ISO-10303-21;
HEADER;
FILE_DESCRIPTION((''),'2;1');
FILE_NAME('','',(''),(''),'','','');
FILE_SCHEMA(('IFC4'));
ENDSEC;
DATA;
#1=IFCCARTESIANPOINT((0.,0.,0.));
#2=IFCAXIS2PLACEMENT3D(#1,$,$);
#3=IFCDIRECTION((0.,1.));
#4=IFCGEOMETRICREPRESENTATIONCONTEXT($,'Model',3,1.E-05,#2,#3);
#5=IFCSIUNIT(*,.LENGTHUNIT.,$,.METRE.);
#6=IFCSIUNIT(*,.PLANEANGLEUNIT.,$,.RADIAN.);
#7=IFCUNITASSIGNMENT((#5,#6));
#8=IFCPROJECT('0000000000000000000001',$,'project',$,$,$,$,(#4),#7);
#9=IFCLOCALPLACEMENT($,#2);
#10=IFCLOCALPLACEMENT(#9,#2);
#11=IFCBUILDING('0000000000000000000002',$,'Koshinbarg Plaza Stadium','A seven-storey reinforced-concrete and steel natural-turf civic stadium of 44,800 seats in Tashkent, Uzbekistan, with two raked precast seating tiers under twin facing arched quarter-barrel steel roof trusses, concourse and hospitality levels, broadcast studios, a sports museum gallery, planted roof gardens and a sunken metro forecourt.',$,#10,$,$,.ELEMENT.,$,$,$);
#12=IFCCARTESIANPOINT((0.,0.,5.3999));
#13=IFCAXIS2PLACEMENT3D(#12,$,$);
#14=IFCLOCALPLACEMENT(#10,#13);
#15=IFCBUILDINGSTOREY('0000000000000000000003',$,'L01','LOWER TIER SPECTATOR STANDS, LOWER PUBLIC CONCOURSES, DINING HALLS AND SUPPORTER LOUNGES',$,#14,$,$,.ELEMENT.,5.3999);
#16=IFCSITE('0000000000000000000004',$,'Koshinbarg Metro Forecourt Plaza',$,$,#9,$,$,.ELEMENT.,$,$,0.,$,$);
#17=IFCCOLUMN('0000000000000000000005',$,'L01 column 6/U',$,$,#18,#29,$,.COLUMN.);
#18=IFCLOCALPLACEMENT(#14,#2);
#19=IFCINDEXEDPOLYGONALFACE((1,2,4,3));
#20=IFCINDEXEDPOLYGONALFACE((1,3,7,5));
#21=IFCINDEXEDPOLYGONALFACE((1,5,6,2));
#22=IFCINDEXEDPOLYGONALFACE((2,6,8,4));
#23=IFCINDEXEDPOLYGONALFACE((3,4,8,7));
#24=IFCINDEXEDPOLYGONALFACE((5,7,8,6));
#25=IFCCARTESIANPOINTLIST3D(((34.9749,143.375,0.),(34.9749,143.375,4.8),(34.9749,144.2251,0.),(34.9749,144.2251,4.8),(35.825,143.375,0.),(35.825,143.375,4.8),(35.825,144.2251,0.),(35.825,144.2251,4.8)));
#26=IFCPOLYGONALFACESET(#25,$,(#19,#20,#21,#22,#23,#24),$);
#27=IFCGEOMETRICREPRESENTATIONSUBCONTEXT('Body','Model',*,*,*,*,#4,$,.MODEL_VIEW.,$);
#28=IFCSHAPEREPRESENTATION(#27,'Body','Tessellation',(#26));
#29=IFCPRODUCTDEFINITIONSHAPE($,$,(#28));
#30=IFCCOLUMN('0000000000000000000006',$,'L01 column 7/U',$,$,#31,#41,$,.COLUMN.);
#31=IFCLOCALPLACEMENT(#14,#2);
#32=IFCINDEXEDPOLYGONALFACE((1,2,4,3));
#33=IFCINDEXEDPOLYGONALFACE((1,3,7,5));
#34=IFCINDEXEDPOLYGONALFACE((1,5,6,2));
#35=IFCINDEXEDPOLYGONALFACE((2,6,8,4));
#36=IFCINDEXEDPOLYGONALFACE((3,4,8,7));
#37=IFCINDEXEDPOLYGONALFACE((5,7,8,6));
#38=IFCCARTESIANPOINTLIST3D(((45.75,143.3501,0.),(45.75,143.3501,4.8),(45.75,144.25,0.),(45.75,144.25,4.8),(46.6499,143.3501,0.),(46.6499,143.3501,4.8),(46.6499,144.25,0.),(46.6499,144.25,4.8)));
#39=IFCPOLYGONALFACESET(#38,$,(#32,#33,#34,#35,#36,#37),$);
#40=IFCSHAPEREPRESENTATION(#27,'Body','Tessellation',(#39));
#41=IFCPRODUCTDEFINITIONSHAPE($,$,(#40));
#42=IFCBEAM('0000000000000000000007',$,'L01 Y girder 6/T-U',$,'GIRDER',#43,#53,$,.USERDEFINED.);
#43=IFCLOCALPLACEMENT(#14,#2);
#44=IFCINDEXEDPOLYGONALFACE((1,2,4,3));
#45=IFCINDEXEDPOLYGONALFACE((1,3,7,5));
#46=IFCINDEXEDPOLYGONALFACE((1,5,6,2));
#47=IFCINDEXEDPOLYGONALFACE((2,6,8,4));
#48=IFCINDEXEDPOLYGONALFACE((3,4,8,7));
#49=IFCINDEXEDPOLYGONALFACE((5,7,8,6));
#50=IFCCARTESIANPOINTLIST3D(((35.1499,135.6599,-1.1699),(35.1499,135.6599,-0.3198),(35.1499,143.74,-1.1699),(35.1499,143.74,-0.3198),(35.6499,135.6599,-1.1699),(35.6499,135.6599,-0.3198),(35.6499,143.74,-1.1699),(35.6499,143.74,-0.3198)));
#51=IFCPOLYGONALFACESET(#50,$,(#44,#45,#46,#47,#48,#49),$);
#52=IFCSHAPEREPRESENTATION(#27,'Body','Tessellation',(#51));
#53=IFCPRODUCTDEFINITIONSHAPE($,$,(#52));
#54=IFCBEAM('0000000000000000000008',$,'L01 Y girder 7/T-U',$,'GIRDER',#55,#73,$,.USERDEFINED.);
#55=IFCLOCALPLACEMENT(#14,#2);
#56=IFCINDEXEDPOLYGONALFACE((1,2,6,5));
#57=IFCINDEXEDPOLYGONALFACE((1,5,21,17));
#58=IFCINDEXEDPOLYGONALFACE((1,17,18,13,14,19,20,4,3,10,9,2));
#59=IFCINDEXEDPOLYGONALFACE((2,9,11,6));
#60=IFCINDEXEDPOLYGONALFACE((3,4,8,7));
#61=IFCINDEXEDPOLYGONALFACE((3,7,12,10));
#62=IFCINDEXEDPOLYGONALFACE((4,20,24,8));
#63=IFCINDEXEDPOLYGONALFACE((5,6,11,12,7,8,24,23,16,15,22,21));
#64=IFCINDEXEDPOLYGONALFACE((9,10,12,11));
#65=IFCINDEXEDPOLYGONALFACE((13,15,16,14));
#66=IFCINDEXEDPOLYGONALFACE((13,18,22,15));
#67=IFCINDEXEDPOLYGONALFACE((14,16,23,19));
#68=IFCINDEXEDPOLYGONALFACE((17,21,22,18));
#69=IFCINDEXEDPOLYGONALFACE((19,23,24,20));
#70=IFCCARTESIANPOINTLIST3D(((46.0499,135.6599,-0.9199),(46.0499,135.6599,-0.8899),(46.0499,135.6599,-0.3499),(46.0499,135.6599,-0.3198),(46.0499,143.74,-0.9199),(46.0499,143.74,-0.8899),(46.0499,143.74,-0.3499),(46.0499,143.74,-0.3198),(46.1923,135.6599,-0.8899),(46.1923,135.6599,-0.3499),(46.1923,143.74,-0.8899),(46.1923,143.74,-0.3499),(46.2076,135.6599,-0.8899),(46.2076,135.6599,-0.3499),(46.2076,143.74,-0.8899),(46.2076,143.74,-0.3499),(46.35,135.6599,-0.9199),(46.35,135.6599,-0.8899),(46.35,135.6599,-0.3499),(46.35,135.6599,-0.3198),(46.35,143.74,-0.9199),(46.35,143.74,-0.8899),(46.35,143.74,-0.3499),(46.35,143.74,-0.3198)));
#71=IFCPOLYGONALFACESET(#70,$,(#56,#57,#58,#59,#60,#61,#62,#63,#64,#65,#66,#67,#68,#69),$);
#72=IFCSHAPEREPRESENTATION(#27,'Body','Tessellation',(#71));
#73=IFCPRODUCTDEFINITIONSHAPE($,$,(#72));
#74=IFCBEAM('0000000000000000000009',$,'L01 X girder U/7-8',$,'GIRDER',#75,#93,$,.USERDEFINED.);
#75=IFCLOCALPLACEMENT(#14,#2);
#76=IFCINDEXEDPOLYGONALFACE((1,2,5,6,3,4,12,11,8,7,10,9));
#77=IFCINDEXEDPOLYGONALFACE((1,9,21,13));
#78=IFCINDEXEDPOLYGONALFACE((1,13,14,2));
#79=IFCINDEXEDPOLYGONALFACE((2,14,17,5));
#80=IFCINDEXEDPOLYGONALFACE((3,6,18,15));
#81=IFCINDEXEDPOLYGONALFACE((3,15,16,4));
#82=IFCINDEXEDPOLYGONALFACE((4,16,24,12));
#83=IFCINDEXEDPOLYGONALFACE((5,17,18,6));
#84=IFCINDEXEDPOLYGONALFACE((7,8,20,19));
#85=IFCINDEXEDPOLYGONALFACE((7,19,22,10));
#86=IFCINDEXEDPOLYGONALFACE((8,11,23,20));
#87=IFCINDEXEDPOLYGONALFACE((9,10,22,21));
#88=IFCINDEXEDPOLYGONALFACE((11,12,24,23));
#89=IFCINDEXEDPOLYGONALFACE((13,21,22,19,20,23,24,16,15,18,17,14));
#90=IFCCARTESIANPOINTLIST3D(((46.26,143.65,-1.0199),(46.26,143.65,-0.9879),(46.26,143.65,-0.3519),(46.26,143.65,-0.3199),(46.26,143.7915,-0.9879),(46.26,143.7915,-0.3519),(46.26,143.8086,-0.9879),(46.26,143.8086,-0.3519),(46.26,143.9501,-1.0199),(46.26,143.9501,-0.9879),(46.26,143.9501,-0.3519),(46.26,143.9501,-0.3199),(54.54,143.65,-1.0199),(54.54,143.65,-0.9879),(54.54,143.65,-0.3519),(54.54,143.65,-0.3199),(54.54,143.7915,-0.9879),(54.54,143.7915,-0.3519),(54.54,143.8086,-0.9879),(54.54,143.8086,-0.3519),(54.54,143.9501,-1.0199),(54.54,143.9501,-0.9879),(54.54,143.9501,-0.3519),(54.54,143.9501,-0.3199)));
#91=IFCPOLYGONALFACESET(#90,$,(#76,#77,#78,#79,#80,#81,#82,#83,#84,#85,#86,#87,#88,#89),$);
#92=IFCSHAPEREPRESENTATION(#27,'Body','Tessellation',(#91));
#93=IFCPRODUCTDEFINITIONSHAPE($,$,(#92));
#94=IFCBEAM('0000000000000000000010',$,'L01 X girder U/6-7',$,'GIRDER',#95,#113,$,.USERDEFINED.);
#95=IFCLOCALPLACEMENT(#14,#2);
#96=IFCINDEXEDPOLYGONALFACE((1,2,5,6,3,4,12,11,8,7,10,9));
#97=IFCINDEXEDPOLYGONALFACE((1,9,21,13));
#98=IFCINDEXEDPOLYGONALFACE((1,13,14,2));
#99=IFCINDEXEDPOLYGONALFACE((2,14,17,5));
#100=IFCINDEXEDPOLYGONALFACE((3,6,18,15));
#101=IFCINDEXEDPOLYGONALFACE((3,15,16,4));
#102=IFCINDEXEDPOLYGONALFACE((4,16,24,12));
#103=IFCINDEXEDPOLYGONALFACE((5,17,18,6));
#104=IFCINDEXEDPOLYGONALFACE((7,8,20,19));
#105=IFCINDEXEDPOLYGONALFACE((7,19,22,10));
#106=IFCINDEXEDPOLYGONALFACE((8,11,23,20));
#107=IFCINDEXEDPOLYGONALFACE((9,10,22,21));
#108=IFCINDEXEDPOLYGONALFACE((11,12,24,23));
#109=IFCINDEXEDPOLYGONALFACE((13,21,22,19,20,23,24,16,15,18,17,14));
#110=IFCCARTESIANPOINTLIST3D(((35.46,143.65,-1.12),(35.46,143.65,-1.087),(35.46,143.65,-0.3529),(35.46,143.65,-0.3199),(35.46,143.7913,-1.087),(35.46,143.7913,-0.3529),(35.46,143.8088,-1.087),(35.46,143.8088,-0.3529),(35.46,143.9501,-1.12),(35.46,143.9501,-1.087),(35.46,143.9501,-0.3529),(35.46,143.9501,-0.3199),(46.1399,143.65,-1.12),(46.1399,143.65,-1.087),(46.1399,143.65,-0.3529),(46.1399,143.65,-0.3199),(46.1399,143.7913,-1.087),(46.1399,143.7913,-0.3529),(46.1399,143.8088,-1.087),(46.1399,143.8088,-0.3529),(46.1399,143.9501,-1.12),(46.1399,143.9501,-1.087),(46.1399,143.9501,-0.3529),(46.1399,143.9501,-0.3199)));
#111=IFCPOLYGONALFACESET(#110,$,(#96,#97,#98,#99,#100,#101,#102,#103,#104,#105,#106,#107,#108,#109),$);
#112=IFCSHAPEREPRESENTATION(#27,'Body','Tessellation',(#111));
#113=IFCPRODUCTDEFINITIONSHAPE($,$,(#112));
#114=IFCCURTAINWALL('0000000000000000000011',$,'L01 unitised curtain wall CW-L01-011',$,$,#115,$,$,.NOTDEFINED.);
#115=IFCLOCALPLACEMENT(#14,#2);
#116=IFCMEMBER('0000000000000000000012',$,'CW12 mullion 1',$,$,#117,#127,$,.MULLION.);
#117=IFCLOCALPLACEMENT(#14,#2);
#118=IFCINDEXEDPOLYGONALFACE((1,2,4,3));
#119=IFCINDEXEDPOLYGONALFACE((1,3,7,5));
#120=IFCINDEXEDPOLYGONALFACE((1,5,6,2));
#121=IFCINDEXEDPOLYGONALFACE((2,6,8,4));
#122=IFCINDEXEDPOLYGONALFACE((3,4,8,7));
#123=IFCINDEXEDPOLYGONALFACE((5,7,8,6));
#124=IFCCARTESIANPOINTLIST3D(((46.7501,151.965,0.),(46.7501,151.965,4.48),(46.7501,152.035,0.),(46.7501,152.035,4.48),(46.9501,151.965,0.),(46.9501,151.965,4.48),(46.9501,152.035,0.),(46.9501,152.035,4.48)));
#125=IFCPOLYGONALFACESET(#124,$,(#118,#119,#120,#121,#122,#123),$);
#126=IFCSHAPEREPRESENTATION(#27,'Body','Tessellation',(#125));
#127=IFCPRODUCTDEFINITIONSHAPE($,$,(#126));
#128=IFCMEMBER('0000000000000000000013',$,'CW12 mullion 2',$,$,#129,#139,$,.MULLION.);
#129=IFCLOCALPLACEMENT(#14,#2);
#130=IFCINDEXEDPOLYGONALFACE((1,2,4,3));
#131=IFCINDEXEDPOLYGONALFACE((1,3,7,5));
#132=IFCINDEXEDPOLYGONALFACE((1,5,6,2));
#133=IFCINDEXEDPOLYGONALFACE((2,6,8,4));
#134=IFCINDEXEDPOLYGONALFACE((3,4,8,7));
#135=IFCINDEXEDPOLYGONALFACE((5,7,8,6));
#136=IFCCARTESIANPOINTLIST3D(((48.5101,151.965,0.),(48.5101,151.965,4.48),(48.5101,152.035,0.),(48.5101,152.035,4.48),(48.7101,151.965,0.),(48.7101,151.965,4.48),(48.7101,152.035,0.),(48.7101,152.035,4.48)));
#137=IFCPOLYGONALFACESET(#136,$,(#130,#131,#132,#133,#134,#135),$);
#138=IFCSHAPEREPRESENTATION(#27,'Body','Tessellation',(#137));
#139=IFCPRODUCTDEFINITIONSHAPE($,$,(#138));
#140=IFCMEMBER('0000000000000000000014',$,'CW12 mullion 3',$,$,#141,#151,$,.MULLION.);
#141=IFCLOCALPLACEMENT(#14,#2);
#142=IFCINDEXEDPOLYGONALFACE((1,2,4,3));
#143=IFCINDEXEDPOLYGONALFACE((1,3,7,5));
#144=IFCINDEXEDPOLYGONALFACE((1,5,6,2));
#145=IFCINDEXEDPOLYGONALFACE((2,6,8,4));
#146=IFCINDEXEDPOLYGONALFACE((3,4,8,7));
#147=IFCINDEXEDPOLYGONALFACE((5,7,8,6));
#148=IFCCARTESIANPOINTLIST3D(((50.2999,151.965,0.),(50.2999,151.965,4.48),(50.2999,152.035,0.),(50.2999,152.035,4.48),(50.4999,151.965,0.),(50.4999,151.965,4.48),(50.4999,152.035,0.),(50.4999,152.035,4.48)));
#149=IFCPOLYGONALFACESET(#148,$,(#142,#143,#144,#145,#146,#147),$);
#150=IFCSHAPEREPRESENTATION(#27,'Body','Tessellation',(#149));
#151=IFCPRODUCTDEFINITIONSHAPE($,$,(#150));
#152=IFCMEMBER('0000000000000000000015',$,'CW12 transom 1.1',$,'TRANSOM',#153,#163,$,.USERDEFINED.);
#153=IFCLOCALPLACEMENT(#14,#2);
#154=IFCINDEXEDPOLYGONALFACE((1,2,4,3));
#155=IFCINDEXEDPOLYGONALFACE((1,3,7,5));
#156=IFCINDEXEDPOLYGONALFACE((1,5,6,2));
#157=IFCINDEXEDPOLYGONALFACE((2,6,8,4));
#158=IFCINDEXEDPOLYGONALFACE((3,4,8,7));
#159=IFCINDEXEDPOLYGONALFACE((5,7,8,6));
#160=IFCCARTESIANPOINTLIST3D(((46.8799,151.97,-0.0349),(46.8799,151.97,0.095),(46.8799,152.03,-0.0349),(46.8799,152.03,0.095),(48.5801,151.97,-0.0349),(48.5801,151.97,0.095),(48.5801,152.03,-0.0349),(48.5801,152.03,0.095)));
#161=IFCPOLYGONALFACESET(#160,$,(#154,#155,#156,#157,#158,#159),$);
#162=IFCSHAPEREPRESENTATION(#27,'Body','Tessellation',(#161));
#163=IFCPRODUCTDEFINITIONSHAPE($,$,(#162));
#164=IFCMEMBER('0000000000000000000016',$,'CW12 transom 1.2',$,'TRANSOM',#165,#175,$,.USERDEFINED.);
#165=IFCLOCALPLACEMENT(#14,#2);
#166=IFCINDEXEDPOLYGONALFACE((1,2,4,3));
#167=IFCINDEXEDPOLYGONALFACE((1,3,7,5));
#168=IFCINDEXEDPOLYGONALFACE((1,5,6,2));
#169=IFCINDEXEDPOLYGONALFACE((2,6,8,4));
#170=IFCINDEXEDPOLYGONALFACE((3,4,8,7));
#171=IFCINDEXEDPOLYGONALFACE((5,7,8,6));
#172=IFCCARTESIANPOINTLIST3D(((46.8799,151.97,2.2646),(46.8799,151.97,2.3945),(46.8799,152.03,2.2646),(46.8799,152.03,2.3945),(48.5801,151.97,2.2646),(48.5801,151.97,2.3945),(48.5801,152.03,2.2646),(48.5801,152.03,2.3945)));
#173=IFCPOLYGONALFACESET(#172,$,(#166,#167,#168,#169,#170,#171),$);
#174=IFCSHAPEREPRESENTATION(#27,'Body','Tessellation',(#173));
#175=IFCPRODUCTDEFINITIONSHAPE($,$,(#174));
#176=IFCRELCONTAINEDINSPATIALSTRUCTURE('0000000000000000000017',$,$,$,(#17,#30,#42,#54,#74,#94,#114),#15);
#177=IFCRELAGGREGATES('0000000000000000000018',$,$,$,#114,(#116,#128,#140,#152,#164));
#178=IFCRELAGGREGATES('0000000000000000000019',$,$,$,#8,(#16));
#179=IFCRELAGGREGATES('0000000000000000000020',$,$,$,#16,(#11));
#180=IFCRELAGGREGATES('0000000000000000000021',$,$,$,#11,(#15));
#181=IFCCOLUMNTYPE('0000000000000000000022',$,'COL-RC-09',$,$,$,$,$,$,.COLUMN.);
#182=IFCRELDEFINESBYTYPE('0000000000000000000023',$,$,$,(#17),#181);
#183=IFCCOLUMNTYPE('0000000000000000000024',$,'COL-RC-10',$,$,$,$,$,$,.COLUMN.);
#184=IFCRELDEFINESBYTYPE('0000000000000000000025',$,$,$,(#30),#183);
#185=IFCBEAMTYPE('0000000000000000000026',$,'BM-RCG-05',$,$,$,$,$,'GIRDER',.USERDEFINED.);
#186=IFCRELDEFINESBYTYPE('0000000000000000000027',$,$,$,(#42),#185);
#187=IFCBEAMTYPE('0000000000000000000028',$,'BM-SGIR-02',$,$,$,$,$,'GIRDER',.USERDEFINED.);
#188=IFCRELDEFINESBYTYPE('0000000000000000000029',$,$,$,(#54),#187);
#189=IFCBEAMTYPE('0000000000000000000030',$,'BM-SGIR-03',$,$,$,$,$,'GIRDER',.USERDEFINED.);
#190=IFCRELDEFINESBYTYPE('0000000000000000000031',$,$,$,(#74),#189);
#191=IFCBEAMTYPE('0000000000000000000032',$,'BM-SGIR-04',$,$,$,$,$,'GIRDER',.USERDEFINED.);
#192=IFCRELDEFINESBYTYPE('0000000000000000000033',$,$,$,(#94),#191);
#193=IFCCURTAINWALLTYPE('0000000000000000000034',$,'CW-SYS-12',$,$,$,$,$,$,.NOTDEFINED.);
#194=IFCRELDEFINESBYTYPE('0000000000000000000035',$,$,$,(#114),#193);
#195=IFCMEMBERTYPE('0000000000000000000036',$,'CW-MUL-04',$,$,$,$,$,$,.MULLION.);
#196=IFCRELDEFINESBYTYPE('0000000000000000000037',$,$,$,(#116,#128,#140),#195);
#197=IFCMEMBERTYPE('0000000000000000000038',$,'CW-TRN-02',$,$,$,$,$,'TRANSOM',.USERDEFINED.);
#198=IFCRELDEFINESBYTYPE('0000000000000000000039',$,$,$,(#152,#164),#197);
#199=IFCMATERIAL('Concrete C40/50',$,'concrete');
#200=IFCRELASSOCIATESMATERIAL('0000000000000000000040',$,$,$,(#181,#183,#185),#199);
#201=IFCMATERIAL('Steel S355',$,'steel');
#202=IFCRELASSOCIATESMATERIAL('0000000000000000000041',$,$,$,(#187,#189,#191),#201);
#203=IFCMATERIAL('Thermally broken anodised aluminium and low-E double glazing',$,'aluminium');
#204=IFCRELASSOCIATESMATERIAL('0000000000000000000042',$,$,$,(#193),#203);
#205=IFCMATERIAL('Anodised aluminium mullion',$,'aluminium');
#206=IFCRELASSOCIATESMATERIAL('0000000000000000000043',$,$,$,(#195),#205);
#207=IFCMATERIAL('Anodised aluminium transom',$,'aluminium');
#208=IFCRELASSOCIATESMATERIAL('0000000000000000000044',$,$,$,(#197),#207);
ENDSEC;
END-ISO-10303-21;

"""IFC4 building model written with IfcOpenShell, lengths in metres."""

from ifc_helpers import new_model, si_unit, direction, frame, origin, origin_2d, place, context, subcontext, project, spatial, rectangle, i_section, extrude, material, material_profile, profile_set, type_object, element, aggregate, save


model = new_model("IFC4")

# Units and contexts
model_context = context("Model", 3, precision=1e-05, world=origin(), true_north=direction((0.0, 1.0)))
body_context = subcontext(model_context, "Body", "Model", "MODEL_VIEW")
ifc_project = project(units=[si_unit("LENGTHUNIT", "METRE"), si_unit("PLANEANGLEUNIT", "RADIAN")], contexts=[model_context])

# Site, building, storey
site_placement = place(None, origin())
site = spatial("IfcSite", under=ifc_project, at=site_placement, Name="Koshinbarg Metro Forecourt Plaza", CompositionType="ELEMENT", RefElevation=0.0)
building_placement = place(site_placement, origin())
building = spatial("IfcBuilding", under=site, at=building_placement, Name="Koshinbarg Plaza Stadium", Description="A seven-storey reinforced-concrete and steel natural-turf civic stadium of 44,800 seats in Tashkent, Uzbekistan, with two raked precast seating tiers under twin facing arched quarter-barrel steel roof trusses, concourse and hospitality levels, broadcast studios, a sports museum gallery, planted roof gardens and a sunken metro forecourt.", CompositionType="ELEMENT")
storey_placement = place(building_placement, frame((0.0, 0.0, 5.3999)))
storey = spatial("IfcBuildingStorey", under=building, at=storey_placement, Name="L01", Description="LOWER TIER SPECTATOR STANDS, LOWER PUBLIC CONCOURSES, DINING HALLS AND SUPPORTER LOUNGES", CompositionType="ELEMENT", Elevation=5.3999)

# Columns
ifc_material_1 = material(Name="Concrete C40/50", Category="concrete")
ifc_material_profile_1 = material_profile(ifc_material_1, rectangle(XDim=0.8501, YDim=0.8501, at=origin_2d()), Name="RC 850x850")
ifc_profile_set_1 = profile_set([ifc_material_profile_1], Name="Concrete C40/50")
column_type_1 = type_object("IfcColumnType", Name="COL-RC-09", PredefinedType="COLUMN", material=ifc_profile_set_1)
column_1_placement = place(storey_placement, frame((35.3999, 143.8, 0.0), z_axis=(0.0, 0.0, 1.0), x_axis=(1.0, 0.0, 0.0)))
element("IfcColumn", 1, at=column_1_placement, inside=storey, type_object=column_type_1, Name="L01 column 6/U", PredefinedType="COLUMN", context=body_context, shape_type="SweptSolid", body=[
    extrude(rectangle(XDim=0.8501, YDim=0.8501, at=origin_2d()), origin(), (0.0, 0.0, 1.0), 4.8),
])
ifc_material_profile_2 = material_profile(ifc_material_1, rectangle(XDim=0.8999, YDim=0.8999, at=origin_2d()), Name="RC 900x900")
ifc_profile_set_2 = profile_set([ifc_material_profile_2], Name="Concrete C40/50")
column_type_2 = type_object("IfcColumnType", Name="COL-RC-10", PredefinedType="COLUMN", material=ifc_profile_set_2)
column_2_placement = place(storey_placement, frame((46.2, 143.8, 0.0), z_axis=(0.0, 0.0, 1.0), x_axis=(1.0, 0.0, 0.0)))
element("IfcColumn", 2, at=column_2_placement, inside=storey, type_object=column_type_2, Name="L01 column 7/U", PredefinedType="COLUMN", context=body_context, shape_type="SweptSolid", body=[
    extrude(rectangle(XDim=0.8999, YDim=0.8999, at=origin_2d()), origin(), (0.0, 0.0, 1.0), 4.8),
])

# Beams
ifc_material_profile_3 = material_profile(ifc_material_1, rectangle(XDim=0.5, YDim=0.8501, at=origin_2d()), Name="RC 500x850")
ifc_profile_set_3 = profile_set([ifc_material_profile_3], Name="Concrete C40/50")
beam_type_1 = type_object("IfcBeamType", Name="BM-RCG-05", ElementType="GIRDER", PredefinedType="USERDEFINED", material=ifc_profile_set_3)
beam_1_placement = place(storey_placement, frame((35.3999, 135.6599, -0.7449), z_axis=(0.0, 1.0, 0.0), x_axis=(-1.0, 0.0, 0.0)))
element("IfcBeam", 3, at=beam_1_placement, inside=storey, type_object=beam_type_1, Name="L01 Y girder 6/T-U", ObjectType="GIRDER", PredefinedType="USERDEFINED", context=body_context, shape_type="SweptSolid", body=[
    extrude(rectangle(XDim=0.5, YDim=0.8501, at=origin_2d()), origin(), (0.0, 0.0, 1.0), 8.0801),
])
ifc_material_2 = material(Name="Steel S355", Category="steel")
ifc_material_profile_4 = material_profile(ifc_material_2, i_section(OverallWidth=0.3, OverallDepth=0.6001, WebThickness=0.0154, FlangeThickness=0.03, at=origin_2d()), Name="HEB 600")
ifc_profile_set_4 = profile_set([ifc_material_profile_4], Name="Steel S355")
beam_type_2 = type_object("IfcBeamType", Name="BM-SGIR-02", ElementType="GIRDER", PredefinedType="USERDEFINED", material=ifc_profile_set_4)
beam_2_placement = place(storey_placement, frame((46.2, 135.6599, -0.6199), z_axis=(0.0, 1.0, 0.0), x_axis=(-1.0, 0.0, 0.0)))
element("IfcBeam", 4, at=beam_2_placement, inside=storey, type_object=beam_type_2, Name="L01 Y girder 7/T-U", ObjectType="GIRDER", PredefinedType="USERDEFINED", context=body_context, shape_type="SweptSolid", body=[
    extrude(i_section(OverallWidth=0.3, OverallDepth=0.6001, WebThickness=0.0154, FlangeThickness=0.03, at=origin_2d()), origin(), (0.0, 0.0, 1.0), 8.0801),
])
ifc_material_profile_5 = material_profile(ifc_material_2, i_section(OverallWidth=0.3, OverallDepth=0.7, WebThickness=0.0171, FlangeThickness=0.032, at=origin_2d()), Name="HEB 700")
ifc_profile_set_5 = profile_set([ifc_material_profile_5], Name="Steel S355")
beam_type_3 = type_object("IfcBeamType", Name="BM-SGIR-03", ElementType="GIRDER", PredefinedType="USERDEFINED", material=ifc_profile_set_5)
beam_3_placement = place(storey_placement, frame((46.26, 143.8, -0.6699), z_axis=(1.0, 0.0, 0.0), x_axis=(0.0, 1.0, 0.0)))
element("IfcBeam", 5, at=beam_3_placement, inside=storey, type_object=beam_type_3, Name="L01 X girder U/7-8", ObjectType="GIRDER", PredefinedType="USERDEFINED", context=body_context, shape_type="SweptSolid", body=[
    extrude(i_section(OverallWidth=0.3, OverallDepth=0.7, WebThickness=0.0171, FlangeThickness=0.032, at=origin_2d()), origin(), (0.0, 0.0, 1.0), 8.28),
])
ifc_material_profile_6 = material_profile(ifc_material_2, i_section(OverallWidth=0.3, OverallDepth=0.8, WebThickness=0.0176, FlangeThickness=0.033, at=origin_2d()), Name="HEB 800")
ifc_profile_set_6 = profile_set([ifc_material_profile_6], Name="Steel S355")
beam_type_4 = type_object("IfcBeamType", Name="BM-SGIR-04", ElementType="GIRDER", PredefinedType="USERDEFINED", material=ifc_profile_set_6)
beam_4_placement = place(storey_placement, frame((35.46, 143.8, -0.72), z_axis=(1.0, 0.0, 0.0), x_axis=(0.0, 1.0, 0.0)))
element("IfcBeam", 6, at=beam_4_placement, inside=storey, type_object=beam_type_4, Name="L01 X girder U/6-7", ObjectType="GIRDER", PredefinedType="USERDEFINED", context=body_context, shape_type="SweptSolid", body=[
    extrude(i_section(OverallWidth=0.3, OverallDepth=0.8, WebThickness=0.0176, FlangeThickness=0.033, at=origin_2d()), origin(), (0.0, 0.0, 1.0), 10.6799),
])

# Curtain wall, members
ifc_material_3 = material(Name="Thermally broken anodised aluminium and low-E double glazing", Category="aluminium")
curtain_wall_type = type_object("IfcCurtainWallType", Name="CW-SYS-12", PredefinedType="NOTDEFINED", material=ifc_material_3)
curtain_wall_placement = place(storey_placement, origin())
curtain_wall = element("IfcCurtainWall", 7, at=curtain_wall_placement, inside=storey, type_object=curtain_wall_type, Name="L01 unitised curtain wall CW-L01-011", PredefinedType="NOTDEFINED")
ifc_material_4 = material(Name="Anodised aluminium mullion", Category="aluminium")
ifc_material_profile_7 = material_profile(ifc_material_4, rectangle(XDim=0.0701, YDim=0.2, at=origin_2d()), Name="ALU 70x200")
ifc_profile_set_7 = profile_set([ifc_material_profile_7], Name="Anodised aluminium mullion")
member_type_1 = type_object("IfcMemberType", Name="CW-MUL-04", PredefinedType="MULLION", material=ifc_profile_set_7)
member_1_placement = place(storey_placement, frame((46.8501, 152.0, 0.0), z_axis=(0.0, 0.0, 1.0), x_axis=(0.0, 1.0, 0.0)))
member_1 = element("IfcMember", 8, at=member_1_placement, type_object=member_type_1, Name="CW12 mullion 1", PredefinedType="MULLION", context=body_context, shape_type="SweptSolid", body=[
    extrude(rectangle(XDim=0.0701, YDim=0.2, at=origin_2d()), origin(), (0.0, 0.0, 1.0), 4.48),
])
member_2_placement = place(storey_placement, frame((48.6101, 152.0, 0.0), z_axis=(0.0, 0.0, 1.0), x_axis=(0.0, 1.0, 0.0)))
member_2 = element("IfcMember", 9, at=member_2_placement, type_object=member_type_1, Name="CW12 mullion 2", PredefinedType="MULLION", context=body_context, shape_type="SweptSolid", body=[
    extrude(rectangle(XDim=0.0701, YDim=0.2, at=origin_2d()), origin(), (0.0, 0.0, 1.0), 4.48),
])
member_3_placement = place(storey_placement, frame((50.3999, 152.0, 0.0), z_axis=(0.0, 0.0, 1.0), x_axis=(0.0, 1.0, 0.0)))
member_3 = element("IfcMember", 10, at=member_3_placement, type_object=member_type_1, Name="CW12 mullion 3", PredefinedType="MULLION", context=body_context, shape_type="SweptSolid", body=[
    extrude(rectangle(XDim=0.0701, YDim=0.2, at=origin_2d()), origin(), (0.0, 0.0, 1.0), 4.48),
])
ifc_material_5 = material(Name="Anodised aluminium transom", Category="aluminium")
ifc_material_profile_8 = material_profile(ifc_material_5, rectangle(XDim=0.0601, YDim=0.1299, at=origin_2d()), Name="ALU 60x130")
ifc_profile_set_8 = profile_set([ifc_material_profile_8], Name="Anodised aluminium transom")
member_type_2 = type_object("IfcMemberType", Name="CW-TRN-02", ElementType="TRANSOM", PredefinedType="USERDEFINED", material=ifc_profile_set_8)
member_4_placement = place(storey_placement, frame((46.8799, 152.0, 0.03), z_axis=(1.0, 0.0, 0.0), x_axis=(0.0, 1.0, 0.0)))
member_4 = element("IfcMember", 11, at=member_4_placement, type_object=member_type_2, Name="CW12 transom 1.1", ObjectType="TRANSOM", PredefinedType="USERDEFINED", context=body_context, shape_type="SweptSolid", body=[
    extrude(rectangle(XDim=0.0601, YDim=0.1299, at=origin_2d()), origin(), (0.0, 0.0, 1.0), 1.7002),
])
member_5_placement = place(storey_placement, frame((46.8799, 152.0, 2.3296), z_axis=(1.0, 0.0, 0.0), x_axis=(0.0, 1.0, 0.0)))
member_5 = element("IfcMember", 12, at=member_5_placement, type_object=member_type_2, Name="CW12 transom 1.2", ObjectType="TRANSOM", PredefinedType="USERDEFINED", context=body_context, shape_type="SweptSolid", body=[
    extrude(rectangle(XDim=0.0601, YDim=0.1299, at=origin_2d()), origin(), (0.0, 0.0, 1.0), 1.7002),
])
aggregate(curtain_wall, [member_1, member_2, member_3, member_4, member_5])

save(model, "model.ifc")
